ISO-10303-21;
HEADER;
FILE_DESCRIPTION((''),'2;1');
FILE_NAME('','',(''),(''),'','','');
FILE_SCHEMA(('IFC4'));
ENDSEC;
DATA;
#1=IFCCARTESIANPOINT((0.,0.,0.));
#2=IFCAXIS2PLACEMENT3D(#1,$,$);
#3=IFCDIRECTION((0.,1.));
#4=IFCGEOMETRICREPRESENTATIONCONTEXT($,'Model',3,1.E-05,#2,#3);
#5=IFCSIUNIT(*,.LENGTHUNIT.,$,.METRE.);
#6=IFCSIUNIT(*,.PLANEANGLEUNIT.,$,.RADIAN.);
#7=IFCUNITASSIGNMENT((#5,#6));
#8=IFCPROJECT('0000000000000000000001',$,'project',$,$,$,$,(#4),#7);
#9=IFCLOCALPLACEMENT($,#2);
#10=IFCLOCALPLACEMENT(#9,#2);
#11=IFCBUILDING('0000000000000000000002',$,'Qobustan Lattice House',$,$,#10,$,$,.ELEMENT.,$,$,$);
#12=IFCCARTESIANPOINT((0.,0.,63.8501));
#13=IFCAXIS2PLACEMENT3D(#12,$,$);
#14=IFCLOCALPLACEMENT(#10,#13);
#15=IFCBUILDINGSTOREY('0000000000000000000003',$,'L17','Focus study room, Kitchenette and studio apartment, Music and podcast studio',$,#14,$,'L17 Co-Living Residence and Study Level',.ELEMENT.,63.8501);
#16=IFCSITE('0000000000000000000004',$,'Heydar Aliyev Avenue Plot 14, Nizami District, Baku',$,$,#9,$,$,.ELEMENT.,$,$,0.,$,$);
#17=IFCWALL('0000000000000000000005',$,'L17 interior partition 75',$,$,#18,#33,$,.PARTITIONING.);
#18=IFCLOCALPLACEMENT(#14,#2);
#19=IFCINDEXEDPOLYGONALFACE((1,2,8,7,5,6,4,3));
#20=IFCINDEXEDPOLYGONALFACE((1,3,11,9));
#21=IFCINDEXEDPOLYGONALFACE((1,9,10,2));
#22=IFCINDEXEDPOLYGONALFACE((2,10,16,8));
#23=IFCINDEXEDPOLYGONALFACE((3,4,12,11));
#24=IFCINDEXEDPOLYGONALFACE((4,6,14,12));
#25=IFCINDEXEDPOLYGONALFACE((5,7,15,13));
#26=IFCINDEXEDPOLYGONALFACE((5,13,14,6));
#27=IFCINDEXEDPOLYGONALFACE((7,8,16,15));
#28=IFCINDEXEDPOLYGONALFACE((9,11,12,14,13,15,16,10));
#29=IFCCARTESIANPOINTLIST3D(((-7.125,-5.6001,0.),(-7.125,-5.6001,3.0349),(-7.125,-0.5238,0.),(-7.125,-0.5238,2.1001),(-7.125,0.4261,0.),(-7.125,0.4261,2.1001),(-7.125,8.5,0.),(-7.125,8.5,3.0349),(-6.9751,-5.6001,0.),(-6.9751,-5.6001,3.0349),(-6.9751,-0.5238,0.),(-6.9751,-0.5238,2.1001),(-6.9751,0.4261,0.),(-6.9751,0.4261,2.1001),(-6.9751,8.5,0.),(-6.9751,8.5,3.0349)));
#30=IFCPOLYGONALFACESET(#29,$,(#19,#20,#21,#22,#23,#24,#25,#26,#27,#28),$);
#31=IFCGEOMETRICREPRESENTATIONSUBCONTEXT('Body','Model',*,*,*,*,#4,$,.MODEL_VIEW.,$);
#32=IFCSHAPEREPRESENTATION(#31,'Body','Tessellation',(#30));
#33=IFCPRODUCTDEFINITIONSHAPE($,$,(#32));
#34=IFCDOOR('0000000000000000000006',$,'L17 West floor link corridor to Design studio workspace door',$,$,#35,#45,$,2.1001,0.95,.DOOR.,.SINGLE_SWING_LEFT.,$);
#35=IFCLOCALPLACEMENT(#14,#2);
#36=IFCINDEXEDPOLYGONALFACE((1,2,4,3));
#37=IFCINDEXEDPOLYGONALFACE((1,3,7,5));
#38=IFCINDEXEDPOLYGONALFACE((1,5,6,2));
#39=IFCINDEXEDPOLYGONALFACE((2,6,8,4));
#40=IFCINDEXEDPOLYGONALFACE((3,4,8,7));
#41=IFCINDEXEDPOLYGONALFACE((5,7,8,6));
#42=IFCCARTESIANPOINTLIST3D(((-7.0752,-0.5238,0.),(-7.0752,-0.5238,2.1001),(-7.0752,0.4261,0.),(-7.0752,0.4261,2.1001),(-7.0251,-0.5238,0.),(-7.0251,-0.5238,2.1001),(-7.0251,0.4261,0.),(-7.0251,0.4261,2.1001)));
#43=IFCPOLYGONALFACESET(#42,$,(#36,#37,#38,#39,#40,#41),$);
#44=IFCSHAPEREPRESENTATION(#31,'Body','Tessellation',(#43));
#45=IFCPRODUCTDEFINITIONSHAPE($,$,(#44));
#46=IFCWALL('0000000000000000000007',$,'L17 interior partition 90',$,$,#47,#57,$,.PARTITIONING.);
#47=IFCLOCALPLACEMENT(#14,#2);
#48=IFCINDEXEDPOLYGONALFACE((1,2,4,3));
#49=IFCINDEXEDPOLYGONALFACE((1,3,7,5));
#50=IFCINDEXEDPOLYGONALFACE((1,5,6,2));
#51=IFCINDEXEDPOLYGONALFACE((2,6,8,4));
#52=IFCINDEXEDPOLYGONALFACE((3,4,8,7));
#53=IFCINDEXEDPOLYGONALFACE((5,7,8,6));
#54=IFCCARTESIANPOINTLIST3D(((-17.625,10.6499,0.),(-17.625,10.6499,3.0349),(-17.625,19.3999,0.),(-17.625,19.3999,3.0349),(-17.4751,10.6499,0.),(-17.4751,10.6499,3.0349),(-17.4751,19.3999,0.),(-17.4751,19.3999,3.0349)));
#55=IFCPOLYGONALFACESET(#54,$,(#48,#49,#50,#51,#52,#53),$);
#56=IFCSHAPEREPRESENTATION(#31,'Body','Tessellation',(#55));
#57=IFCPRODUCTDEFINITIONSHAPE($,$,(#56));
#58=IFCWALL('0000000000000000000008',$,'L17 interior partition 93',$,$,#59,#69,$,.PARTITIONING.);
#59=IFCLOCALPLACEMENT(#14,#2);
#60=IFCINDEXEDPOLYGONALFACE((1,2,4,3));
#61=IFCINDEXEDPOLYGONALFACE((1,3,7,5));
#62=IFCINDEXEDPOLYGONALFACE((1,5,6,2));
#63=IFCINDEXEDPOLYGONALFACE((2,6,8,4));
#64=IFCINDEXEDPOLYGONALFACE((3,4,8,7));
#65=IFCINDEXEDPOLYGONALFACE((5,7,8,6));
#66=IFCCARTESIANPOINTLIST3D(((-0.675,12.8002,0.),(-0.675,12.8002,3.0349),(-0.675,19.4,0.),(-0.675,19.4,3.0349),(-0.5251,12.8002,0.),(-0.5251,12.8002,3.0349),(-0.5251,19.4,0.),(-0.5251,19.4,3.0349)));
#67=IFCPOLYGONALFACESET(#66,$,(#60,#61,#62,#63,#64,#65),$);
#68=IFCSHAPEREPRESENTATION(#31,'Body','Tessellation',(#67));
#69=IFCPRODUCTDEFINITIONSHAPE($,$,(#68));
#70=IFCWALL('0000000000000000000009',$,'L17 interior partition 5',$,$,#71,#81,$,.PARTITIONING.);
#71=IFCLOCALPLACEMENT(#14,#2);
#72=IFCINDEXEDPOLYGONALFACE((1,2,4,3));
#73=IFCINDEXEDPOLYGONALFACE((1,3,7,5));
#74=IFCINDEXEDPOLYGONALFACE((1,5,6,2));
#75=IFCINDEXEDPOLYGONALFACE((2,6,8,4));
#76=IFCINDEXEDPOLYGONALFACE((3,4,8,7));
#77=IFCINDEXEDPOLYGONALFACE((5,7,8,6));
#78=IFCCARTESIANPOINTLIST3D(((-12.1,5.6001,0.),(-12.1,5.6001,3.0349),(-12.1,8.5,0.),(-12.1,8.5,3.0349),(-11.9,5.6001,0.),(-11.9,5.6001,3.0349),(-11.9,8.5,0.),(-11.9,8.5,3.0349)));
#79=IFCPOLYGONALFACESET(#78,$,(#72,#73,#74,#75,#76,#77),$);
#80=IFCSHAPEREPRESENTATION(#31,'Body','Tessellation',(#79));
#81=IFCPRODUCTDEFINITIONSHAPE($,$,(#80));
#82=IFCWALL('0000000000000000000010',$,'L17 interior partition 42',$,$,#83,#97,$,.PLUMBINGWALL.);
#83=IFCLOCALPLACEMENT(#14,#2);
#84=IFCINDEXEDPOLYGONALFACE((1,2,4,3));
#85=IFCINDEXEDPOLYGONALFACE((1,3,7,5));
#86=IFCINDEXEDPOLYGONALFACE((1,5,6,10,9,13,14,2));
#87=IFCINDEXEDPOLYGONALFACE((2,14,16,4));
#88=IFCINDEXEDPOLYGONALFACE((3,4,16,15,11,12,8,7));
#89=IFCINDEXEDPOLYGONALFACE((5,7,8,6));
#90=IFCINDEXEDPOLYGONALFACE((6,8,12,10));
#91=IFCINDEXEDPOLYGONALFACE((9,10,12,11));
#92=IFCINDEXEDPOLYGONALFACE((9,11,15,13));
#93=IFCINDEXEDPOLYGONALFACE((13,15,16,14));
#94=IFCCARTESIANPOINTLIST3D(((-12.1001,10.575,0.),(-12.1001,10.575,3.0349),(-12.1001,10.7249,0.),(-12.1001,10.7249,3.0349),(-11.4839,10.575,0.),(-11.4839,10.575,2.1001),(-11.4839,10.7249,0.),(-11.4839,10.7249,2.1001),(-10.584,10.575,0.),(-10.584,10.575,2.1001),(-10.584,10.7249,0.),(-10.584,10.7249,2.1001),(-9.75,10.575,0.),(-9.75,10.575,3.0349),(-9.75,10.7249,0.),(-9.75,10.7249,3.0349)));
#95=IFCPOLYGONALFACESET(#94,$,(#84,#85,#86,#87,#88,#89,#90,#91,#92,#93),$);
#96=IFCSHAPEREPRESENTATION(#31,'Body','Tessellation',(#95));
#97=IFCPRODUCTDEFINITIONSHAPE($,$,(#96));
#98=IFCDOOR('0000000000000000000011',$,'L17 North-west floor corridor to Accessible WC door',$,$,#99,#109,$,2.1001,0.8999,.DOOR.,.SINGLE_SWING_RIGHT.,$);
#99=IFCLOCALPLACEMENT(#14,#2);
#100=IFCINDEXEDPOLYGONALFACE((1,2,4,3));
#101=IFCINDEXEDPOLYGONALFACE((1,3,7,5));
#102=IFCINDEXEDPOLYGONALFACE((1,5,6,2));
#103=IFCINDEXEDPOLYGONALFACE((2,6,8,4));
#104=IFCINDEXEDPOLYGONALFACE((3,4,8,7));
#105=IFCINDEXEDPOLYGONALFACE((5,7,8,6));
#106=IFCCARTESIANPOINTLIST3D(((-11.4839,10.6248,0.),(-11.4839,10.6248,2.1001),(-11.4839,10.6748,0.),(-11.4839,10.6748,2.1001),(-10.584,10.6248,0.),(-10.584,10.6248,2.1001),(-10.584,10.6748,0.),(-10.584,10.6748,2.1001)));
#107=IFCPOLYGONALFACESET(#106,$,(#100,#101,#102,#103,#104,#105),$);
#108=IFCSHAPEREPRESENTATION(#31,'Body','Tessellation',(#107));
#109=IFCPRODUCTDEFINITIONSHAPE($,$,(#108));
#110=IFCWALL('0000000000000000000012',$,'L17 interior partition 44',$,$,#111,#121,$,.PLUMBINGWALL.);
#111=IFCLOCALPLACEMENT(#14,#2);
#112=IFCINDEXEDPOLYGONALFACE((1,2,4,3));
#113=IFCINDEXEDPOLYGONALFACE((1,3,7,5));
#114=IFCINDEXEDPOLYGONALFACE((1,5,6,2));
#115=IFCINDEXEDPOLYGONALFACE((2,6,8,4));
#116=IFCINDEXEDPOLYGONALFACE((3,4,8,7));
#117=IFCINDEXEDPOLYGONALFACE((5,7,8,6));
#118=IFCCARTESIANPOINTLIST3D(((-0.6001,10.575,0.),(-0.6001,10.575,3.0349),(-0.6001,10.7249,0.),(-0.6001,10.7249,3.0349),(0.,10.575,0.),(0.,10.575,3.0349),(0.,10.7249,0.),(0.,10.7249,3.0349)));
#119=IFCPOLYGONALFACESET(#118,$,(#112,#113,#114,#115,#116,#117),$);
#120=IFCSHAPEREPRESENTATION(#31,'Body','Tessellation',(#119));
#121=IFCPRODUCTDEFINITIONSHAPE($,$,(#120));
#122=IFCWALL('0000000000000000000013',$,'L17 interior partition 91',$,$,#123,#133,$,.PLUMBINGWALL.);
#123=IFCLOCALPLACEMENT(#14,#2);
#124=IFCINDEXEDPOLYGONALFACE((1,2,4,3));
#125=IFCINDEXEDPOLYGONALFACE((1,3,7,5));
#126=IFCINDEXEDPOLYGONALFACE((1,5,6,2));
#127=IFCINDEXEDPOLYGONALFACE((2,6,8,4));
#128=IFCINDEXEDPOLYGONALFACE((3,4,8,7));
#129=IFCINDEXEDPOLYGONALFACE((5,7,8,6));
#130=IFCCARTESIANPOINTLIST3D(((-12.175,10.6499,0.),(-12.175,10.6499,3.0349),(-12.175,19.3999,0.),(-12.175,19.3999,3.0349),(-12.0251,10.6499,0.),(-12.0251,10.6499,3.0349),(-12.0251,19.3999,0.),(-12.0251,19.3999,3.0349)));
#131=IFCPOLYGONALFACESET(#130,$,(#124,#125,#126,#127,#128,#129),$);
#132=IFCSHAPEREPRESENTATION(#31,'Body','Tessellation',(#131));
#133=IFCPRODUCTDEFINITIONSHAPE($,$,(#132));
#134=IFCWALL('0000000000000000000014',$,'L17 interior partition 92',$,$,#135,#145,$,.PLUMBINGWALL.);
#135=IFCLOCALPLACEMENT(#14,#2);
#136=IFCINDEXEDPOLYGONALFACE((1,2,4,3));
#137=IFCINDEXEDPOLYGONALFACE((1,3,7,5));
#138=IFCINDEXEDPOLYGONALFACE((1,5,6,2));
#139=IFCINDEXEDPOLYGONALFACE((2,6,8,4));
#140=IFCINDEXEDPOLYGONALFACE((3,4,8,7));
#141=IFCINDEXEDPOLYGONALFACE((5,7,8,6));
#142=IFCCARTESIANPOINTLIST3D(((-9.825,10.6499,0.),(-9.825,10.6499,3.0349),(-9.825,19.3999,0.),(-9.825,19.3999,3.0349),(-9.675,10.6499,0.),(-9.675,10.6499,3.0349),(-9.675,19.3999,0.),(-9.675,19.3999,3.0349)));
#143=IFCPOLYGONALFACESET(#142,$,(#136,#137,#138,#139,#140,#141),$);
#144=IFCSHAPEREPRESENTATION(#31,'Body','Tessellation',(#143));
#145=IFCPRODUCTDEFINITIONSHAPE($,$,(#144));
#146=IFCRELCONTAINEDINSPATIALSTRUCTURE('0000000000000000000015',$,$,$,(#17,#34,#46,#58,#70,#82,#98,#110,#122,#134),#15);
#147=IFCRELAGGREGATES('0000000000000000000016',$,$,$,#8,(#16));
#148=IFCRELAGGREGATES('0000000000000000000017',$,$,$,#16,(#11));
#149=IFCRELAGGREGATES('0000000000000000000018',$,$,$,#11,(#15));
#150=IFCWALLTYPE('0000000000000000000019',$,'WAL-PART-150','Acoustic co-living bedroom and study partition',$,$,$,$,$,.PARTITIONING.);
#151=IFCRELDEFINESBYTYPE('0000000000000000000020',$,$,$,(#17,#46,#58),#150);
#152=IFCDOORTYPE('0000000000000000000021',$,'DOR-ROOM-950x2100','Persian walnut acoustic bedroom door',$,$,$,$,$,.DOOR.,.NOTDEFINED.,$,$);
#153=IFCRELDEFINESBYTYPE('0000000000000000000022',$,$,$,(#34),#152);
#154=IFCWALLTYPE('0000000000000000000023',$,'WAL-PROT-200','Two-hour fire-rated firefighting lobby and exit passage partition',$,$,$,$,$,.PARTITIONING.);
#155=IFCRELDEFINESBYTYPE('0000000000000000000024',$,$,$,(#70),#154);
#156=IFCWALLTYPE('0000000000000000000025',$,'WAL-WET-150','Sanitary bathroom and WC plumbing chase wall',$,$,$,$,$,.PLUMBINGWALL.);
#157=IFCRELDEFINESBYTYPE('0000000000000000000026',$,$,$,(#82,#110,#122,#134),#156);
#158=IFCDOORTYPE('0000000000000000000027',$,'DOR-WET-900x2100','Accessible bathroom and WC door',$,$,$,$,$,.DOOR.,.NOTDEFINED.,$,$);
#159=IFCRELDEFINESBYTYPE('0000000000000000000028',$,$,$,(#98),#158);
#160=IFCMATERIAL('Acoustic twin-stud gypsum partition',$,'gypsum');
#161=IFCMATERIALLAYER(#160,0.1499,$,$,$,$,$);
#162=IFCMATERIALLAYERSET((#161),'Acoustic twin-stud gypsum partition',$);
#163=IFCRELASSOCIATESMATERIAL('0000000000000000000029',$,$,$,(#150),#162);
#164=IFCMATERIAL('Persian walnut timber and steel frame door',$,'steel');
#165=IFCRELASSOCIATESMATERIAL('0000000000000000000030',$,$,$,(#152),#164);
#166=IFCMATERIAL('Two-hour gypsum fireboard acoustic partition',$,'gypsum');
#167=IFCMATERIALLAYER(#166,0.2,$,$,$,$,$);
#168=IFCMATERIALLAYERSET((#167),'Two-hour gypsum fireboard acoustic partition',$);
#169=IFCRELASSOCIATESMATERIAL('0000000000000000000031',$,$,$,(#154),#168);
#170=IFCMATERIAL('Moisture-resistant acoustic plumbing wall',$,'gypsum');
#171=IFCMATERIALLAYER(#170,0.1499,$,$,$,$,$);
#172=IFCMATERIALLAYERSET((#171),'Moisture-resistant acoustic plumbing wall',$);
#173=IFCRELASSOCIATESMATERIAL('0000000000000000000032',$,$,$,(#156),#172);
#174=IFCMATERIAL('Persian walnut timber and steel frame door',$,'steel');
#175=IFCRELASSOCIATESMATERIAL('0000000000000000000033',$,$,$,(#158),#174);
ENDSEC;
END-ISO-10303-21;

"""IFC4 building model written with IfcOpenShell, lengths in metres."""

from ifc_helpers import new_model, si_unit, direction, frame, frame_2d, origin, place, context, subcontext, project, spatial, rectangle, extrude, material, layer, layer_set, type_object, element, fill, save


model = new_model("IFC4")

# Units and contexts
model_context = context("Model", 3, precision=1e-05, world=origin(), true_north=direction((0.0, 1.0)))
body_context = subcontext(model_context, "Body", "Model", "MODEL_VIEW")
ifc_project = project(units=[si_unit("LENGTHUNIT", "METRE"), si_unit("PLANEANGLEUNIT", "RADIAN")], contexts=[model_context])

# Site, building, storey
site_placement = place(None, origin())
site = spatial("IfcSite", under=ifc_project, at=site_placement, Name="Heydar Aliyev Avenue Plot 14, Nizami District, Baku", CompositionType="ELEMENT", RefElevation=0.0)
building_placement = place(site_placement, origin())
building = spatial("IfcBuilding", under=site, at=building_placement, Name="Qobustan Lattice House", CompositionType="ELEMENT")
storey_placement = place(building_placement, frame((0.0, 0.0, 63.8501)))
storey = spatial("IfcBuildingStorey", under=building, at=storey_placement, Name="L17", Description="Focus study room, Kitchenette and studio apartment, Music and podcast studio", LongName="L17 Co-Living Residence and Study Level", CompositionType="ELEMENT", Elevation=63.8501)

# Wall, opening, door
ifc_material_1 = material(Name="Acoustic twin-stud gypsum partition", Category="gypsum")
ifc_layer_1 = layer(ifc_material_1, 0.1499)
ifc_layer_set_1 = layer_set([ifc_layer_1], Name="Acoustic twin-stud gypsum partition")
wall_type_1 = type_object("IfcWallType", Name="WAL-PART-150", Description="Acoustic co-living bedroom and study partition", PredefinedType="PARTITIONING", material=ifc_layer_set_1)
ifc_material_2 = material(Name="Persian walnut timber and steel frame door", Category="steel")
door_type_1 = type_object("IfcDoorType", Name="DOR-ROOM-950x2100", Description="Persian walnut acoustic bedroom door", OperationType="NOTDEFINED", PredefinedType="DOOR", material=ifc_material_2)
wall_1_placement = place(storey_placement, frame((-7.05, 8.5, 0.0), z_axis=(0.0, 0.0, 1.0), x_axis=(0.0, -1.0, 0.0)))
wall_1 = element("IfcWall", 1, at=wall_1_placement, inside=storey, type_object=wall_type_1, Name="L17 interior partition 75", PredefinedType="PARTITIONING", context=body_context, shape_type="SweptSolid", body=[
    extrude(rectangle(XDim=14.1001, YDim=0.1499, at=frame_2d((7.05, 0.0))), origin(), (0.0, 0.0, 1.0), 3.0349),
])
opening_1_placement = place(wall_1_placement, frame((8.0737, 0.0, 0.0)))
opening_1 = element("IfcOpeningElement", 2, at=opening_1_placement, cuts=wall_1, PredefinedType="OPENING", context=body_context, shape_type="SweptSolid", body=[
    extrude(rectangle(XDim=0.95, YDim=2.1001, at=frame_2d((0.4751, 1.05))), frame((0.0, 0.085, 0.0), z_axis=(0.0, -1.0, 0.0), x_axis=(1.0, 0.0, 0.0)), (0.0, 0.0, 1.0), 0.1699),
])
door_1_placement = place(opening_1_placement, origin())
door_1 = element("IfcDoor", 3, at=door_1_placement, inside=storey, type_object=door_type_1, Name="L17 West floor link corridor to Design studio workspace door", OperationType="SINGLE_SWING_LEFT", OverallHeight=2.1001, OverallWidth=0.95, PredefinedType="DOOR", context=body_context, shape_type="SweptSolid", body=[
    extrude(rectangle(XDim=0.95, YDim=2.1001, at=frame_2d((0.4751, 1.05))), frame((0.0, 0.0249, 0.0), z_axis=(0.0, -1.0, 0.0), x_axis=(1.0, 0.0, 0.0)), (0.0, 0.0, 1.0), 0.05),
])
fill(opening_1, door_1)

# Walls
wall_2_placement = place(storey_placement, frame((-17.55, 19.3999, 0.0), z_axis=(0.0, 0.0, 1.0), x_axis=(0.0, -1.0, 0.0)))
element("IfcWall", 4, at=wall_2_placement, inside=storey, type_object=wall_type_1, Name="L17 interior partition 90", PredefinedType="PARTITIONING", context=body_context, shape_type="SweptSolid", body=[
    extrude(rectangle(XDim=8.75, YDim=0.1499, at=frame_2d((4.375, 0.0))), origin(), (0.0, 0.0, 1.0), 3.0349),
])
wall_3_placement = place(storey_placement, frame((-0.6001, 19.3999, 0.0), z_axis=(0.0, 0.0, 1.0), x_axis=(0.0, -1.0, 0.0)))
element("IfcWall", 5, at=wall_3_placement, inside=storey, type_object=wall_type_1, Name="L17 interior partition 93", PredefinedType="PARTITIONING", context=body_context, shape_type="SweptSolid", body=[
    extrude(rectangle(XDim=6.5999, YDim=0.1499, at=frame_2d((3.2998, 0.0))), origin(), (0.0, 0.0, 1.0), 3.0349),
])

# Shared definitions
ifc_material_3 = material(Name="Two-hour gypsum fireboard acoustic partition", Category="gypsum")
ifc_layer_2 = layer(ifc_material_3, 0.2)
ifc_layer_set_2 = layer_set([ifc_layer_2], Name="Two-hour gypsum fireboard acoustic partition")
wall_type_2 = type_object("IfcWallType", Name="WAL-PROT-200", Description="Two-hour fire-rated firefighting lobby and exit passage partition", PredefinedType="PARTITIONING", material=ifc_layer_set_2)

# Wall
wall_4_placement = place(storey_placement, frame((-12.0, 5.6001, 0.0), z_axis=(0.0, 0.0, 1.0), x_axis=(0.0, 1.0, 0.0)))
element("IfcWall", 6, at=wall_4_placement, inside=storey, type_object=wall_type_2, Name="L17 interior partition 5", PredefinedType="PARTITIONING", context=body_context, shape_type="SweptSolid", body=[
    extrude(rectangle(XDim=2.8999, YDim=0.2, at=frame_2d((1.45, 0.0))), origin(), (0.0, 0.0, 1.0), 3.0349),
])

# Wall, opening, door
ifc_material_4 = material(Name="Moisture-resistant acoustic plumbing wall", Category="gypsum")
ifc_layer_3 = layer(ifc_material_4, 0.1499)
ifc_layer_set_3 = layer_set([ifc_layer_3], Name="Moisture-resistant acoustic plumbing wall")
wall_type_3 = type_object("IfcWallType", Name="WAL-WET-150", Description="Sanitary bathroom and WC plumbing chase wall", PredefinedType="PLUMBINGWALL", material=ifc_layer_set_3)
wall_5_placement = place(storey_placement, frame((-12.1001, 10.6499, 0.0), z_axis=(0.0, 0.0, 1.0), x_axis=(1.0, 0.0, 0.0)))
wall_5 = element("IfcWall", 7, at=wall_5_placement, inside=storey, type_object=wall_type_3, Name="L17 interior partition 42", PredefinedType="PLUMBINGWALL", context=body_context, shape_type="SweptSolid", body=[
    extrude(rectangle(XDim=2.3501, YDim=0.1499, at=frame_2d((1.175, 0.0))), origin(), (0.0, 0.0, 1.0), 3.0349),
])
opening_2_placement = place(wall_5_placement, frame((0.6162, 0.0, 0.0)))
opening_2 = element("IfcOpeningElement", 8, at=opening_2_placement, cuts=wall_5, PredefinedType="OPENING", context=body_context, shape_type="SweptSolid", body=[
    extrude(rectangle(XDim=0.8999, YDim=2.1001, at=frame_2d((0.45, 1.05))), frame((0.0, 0.085, 0.0), z_axis=(0.0, -1.0, 0.0), x_axis=(1.0, 0.0, 0.0)), (0.0, 0.0, 1.0), 0.1699),
])
ifc_material_5 = material(Name="Persian walnut timber and steel frame door", Category="steel")
door_type_2 = type_object("IfcDoorType", Name="DOR-WET-900x2100", Description="Accessible bathroom and WC door", OperationType="NOTDEFINED", PredefinedType="DOOR", material=ifc_material_5)
door_2_placement = place(opening_2_placement, origin())
door_2 = element("IfcDoor", 9, at=door_2_placement, inside=storey, type_object=door_type_2, Name="L17 North-west floor corridor to Accessible WC door", OperationType="SINGLE_SWING_RIGHT", OverallHeight=2.1001, OverallWidth=0.8999, PredefinedType="DOOR", context=body_context, shape_type="SweptSolid", body=[
    extrude(rectangle(XDim=0.8999, YDim=2.1001, at=frame_2d((0.45, 1.05))), frame((0.0, 0.0249, 0.0), z_axis=(0.0, -1.0, 0.0), x_axis=(1.0, 0.0, 0.0)), (0.0, 0.0, 1.0), 0.05),
])
fill(opening_2, door_2)

# Walls
wall_6_placement = place(storey_placement, frame((-0.6001, 10.6499, 0.0), z_axis=(0.0, 0.0, 1.0), x_axis=(1.0, 0.0, 0.0)))
element("IfcWall", 10, at=wall_6_placement, inside=storey, type_object=wall_type_3, Name="L17 interior partition 44", PredefinedType="PLUMBINGWALL", context=body_context, shape_type="SweptSolid", body=[
    extrude(rectangle(XDim=0.6001, YDim=0.1499, at=frame_2d((0.3, 0.0))), origin(), (0.0, 0.0, 1.0), 3.0349),
])
for number, where, z_axis, x_axis, name in (
    (11, (-12.1001, 19.3999, 0.0), (0.0, 0.0, 1.0), (0.0, -1.0, 0.0), "L17 interior partition 91"),
    (12, (-9.75, 19.3999, 0.0), (0.0, 0.0, 1.0), (0.0, -1.0, 0.0), "L17 interior partition 92"),
):
    element("IfcWall", number, at=place(storey_placement, frame(where, z_axis=z_axis, x_axis=x_axis)), inside=storey, type_object=wall_type_3, Name=name, PredefinedType="PLUMBINGWALL", context=body_context, shape_type="SweptSolid", body=[
        extrude(rectangle(XDim=8.75, YDim=0.1499, at=frame_2d((4.375, 0.0))), origin(), (0.0, 0.0, 1.0), 3.0349),
    ])

save(model, "model.ifc")
